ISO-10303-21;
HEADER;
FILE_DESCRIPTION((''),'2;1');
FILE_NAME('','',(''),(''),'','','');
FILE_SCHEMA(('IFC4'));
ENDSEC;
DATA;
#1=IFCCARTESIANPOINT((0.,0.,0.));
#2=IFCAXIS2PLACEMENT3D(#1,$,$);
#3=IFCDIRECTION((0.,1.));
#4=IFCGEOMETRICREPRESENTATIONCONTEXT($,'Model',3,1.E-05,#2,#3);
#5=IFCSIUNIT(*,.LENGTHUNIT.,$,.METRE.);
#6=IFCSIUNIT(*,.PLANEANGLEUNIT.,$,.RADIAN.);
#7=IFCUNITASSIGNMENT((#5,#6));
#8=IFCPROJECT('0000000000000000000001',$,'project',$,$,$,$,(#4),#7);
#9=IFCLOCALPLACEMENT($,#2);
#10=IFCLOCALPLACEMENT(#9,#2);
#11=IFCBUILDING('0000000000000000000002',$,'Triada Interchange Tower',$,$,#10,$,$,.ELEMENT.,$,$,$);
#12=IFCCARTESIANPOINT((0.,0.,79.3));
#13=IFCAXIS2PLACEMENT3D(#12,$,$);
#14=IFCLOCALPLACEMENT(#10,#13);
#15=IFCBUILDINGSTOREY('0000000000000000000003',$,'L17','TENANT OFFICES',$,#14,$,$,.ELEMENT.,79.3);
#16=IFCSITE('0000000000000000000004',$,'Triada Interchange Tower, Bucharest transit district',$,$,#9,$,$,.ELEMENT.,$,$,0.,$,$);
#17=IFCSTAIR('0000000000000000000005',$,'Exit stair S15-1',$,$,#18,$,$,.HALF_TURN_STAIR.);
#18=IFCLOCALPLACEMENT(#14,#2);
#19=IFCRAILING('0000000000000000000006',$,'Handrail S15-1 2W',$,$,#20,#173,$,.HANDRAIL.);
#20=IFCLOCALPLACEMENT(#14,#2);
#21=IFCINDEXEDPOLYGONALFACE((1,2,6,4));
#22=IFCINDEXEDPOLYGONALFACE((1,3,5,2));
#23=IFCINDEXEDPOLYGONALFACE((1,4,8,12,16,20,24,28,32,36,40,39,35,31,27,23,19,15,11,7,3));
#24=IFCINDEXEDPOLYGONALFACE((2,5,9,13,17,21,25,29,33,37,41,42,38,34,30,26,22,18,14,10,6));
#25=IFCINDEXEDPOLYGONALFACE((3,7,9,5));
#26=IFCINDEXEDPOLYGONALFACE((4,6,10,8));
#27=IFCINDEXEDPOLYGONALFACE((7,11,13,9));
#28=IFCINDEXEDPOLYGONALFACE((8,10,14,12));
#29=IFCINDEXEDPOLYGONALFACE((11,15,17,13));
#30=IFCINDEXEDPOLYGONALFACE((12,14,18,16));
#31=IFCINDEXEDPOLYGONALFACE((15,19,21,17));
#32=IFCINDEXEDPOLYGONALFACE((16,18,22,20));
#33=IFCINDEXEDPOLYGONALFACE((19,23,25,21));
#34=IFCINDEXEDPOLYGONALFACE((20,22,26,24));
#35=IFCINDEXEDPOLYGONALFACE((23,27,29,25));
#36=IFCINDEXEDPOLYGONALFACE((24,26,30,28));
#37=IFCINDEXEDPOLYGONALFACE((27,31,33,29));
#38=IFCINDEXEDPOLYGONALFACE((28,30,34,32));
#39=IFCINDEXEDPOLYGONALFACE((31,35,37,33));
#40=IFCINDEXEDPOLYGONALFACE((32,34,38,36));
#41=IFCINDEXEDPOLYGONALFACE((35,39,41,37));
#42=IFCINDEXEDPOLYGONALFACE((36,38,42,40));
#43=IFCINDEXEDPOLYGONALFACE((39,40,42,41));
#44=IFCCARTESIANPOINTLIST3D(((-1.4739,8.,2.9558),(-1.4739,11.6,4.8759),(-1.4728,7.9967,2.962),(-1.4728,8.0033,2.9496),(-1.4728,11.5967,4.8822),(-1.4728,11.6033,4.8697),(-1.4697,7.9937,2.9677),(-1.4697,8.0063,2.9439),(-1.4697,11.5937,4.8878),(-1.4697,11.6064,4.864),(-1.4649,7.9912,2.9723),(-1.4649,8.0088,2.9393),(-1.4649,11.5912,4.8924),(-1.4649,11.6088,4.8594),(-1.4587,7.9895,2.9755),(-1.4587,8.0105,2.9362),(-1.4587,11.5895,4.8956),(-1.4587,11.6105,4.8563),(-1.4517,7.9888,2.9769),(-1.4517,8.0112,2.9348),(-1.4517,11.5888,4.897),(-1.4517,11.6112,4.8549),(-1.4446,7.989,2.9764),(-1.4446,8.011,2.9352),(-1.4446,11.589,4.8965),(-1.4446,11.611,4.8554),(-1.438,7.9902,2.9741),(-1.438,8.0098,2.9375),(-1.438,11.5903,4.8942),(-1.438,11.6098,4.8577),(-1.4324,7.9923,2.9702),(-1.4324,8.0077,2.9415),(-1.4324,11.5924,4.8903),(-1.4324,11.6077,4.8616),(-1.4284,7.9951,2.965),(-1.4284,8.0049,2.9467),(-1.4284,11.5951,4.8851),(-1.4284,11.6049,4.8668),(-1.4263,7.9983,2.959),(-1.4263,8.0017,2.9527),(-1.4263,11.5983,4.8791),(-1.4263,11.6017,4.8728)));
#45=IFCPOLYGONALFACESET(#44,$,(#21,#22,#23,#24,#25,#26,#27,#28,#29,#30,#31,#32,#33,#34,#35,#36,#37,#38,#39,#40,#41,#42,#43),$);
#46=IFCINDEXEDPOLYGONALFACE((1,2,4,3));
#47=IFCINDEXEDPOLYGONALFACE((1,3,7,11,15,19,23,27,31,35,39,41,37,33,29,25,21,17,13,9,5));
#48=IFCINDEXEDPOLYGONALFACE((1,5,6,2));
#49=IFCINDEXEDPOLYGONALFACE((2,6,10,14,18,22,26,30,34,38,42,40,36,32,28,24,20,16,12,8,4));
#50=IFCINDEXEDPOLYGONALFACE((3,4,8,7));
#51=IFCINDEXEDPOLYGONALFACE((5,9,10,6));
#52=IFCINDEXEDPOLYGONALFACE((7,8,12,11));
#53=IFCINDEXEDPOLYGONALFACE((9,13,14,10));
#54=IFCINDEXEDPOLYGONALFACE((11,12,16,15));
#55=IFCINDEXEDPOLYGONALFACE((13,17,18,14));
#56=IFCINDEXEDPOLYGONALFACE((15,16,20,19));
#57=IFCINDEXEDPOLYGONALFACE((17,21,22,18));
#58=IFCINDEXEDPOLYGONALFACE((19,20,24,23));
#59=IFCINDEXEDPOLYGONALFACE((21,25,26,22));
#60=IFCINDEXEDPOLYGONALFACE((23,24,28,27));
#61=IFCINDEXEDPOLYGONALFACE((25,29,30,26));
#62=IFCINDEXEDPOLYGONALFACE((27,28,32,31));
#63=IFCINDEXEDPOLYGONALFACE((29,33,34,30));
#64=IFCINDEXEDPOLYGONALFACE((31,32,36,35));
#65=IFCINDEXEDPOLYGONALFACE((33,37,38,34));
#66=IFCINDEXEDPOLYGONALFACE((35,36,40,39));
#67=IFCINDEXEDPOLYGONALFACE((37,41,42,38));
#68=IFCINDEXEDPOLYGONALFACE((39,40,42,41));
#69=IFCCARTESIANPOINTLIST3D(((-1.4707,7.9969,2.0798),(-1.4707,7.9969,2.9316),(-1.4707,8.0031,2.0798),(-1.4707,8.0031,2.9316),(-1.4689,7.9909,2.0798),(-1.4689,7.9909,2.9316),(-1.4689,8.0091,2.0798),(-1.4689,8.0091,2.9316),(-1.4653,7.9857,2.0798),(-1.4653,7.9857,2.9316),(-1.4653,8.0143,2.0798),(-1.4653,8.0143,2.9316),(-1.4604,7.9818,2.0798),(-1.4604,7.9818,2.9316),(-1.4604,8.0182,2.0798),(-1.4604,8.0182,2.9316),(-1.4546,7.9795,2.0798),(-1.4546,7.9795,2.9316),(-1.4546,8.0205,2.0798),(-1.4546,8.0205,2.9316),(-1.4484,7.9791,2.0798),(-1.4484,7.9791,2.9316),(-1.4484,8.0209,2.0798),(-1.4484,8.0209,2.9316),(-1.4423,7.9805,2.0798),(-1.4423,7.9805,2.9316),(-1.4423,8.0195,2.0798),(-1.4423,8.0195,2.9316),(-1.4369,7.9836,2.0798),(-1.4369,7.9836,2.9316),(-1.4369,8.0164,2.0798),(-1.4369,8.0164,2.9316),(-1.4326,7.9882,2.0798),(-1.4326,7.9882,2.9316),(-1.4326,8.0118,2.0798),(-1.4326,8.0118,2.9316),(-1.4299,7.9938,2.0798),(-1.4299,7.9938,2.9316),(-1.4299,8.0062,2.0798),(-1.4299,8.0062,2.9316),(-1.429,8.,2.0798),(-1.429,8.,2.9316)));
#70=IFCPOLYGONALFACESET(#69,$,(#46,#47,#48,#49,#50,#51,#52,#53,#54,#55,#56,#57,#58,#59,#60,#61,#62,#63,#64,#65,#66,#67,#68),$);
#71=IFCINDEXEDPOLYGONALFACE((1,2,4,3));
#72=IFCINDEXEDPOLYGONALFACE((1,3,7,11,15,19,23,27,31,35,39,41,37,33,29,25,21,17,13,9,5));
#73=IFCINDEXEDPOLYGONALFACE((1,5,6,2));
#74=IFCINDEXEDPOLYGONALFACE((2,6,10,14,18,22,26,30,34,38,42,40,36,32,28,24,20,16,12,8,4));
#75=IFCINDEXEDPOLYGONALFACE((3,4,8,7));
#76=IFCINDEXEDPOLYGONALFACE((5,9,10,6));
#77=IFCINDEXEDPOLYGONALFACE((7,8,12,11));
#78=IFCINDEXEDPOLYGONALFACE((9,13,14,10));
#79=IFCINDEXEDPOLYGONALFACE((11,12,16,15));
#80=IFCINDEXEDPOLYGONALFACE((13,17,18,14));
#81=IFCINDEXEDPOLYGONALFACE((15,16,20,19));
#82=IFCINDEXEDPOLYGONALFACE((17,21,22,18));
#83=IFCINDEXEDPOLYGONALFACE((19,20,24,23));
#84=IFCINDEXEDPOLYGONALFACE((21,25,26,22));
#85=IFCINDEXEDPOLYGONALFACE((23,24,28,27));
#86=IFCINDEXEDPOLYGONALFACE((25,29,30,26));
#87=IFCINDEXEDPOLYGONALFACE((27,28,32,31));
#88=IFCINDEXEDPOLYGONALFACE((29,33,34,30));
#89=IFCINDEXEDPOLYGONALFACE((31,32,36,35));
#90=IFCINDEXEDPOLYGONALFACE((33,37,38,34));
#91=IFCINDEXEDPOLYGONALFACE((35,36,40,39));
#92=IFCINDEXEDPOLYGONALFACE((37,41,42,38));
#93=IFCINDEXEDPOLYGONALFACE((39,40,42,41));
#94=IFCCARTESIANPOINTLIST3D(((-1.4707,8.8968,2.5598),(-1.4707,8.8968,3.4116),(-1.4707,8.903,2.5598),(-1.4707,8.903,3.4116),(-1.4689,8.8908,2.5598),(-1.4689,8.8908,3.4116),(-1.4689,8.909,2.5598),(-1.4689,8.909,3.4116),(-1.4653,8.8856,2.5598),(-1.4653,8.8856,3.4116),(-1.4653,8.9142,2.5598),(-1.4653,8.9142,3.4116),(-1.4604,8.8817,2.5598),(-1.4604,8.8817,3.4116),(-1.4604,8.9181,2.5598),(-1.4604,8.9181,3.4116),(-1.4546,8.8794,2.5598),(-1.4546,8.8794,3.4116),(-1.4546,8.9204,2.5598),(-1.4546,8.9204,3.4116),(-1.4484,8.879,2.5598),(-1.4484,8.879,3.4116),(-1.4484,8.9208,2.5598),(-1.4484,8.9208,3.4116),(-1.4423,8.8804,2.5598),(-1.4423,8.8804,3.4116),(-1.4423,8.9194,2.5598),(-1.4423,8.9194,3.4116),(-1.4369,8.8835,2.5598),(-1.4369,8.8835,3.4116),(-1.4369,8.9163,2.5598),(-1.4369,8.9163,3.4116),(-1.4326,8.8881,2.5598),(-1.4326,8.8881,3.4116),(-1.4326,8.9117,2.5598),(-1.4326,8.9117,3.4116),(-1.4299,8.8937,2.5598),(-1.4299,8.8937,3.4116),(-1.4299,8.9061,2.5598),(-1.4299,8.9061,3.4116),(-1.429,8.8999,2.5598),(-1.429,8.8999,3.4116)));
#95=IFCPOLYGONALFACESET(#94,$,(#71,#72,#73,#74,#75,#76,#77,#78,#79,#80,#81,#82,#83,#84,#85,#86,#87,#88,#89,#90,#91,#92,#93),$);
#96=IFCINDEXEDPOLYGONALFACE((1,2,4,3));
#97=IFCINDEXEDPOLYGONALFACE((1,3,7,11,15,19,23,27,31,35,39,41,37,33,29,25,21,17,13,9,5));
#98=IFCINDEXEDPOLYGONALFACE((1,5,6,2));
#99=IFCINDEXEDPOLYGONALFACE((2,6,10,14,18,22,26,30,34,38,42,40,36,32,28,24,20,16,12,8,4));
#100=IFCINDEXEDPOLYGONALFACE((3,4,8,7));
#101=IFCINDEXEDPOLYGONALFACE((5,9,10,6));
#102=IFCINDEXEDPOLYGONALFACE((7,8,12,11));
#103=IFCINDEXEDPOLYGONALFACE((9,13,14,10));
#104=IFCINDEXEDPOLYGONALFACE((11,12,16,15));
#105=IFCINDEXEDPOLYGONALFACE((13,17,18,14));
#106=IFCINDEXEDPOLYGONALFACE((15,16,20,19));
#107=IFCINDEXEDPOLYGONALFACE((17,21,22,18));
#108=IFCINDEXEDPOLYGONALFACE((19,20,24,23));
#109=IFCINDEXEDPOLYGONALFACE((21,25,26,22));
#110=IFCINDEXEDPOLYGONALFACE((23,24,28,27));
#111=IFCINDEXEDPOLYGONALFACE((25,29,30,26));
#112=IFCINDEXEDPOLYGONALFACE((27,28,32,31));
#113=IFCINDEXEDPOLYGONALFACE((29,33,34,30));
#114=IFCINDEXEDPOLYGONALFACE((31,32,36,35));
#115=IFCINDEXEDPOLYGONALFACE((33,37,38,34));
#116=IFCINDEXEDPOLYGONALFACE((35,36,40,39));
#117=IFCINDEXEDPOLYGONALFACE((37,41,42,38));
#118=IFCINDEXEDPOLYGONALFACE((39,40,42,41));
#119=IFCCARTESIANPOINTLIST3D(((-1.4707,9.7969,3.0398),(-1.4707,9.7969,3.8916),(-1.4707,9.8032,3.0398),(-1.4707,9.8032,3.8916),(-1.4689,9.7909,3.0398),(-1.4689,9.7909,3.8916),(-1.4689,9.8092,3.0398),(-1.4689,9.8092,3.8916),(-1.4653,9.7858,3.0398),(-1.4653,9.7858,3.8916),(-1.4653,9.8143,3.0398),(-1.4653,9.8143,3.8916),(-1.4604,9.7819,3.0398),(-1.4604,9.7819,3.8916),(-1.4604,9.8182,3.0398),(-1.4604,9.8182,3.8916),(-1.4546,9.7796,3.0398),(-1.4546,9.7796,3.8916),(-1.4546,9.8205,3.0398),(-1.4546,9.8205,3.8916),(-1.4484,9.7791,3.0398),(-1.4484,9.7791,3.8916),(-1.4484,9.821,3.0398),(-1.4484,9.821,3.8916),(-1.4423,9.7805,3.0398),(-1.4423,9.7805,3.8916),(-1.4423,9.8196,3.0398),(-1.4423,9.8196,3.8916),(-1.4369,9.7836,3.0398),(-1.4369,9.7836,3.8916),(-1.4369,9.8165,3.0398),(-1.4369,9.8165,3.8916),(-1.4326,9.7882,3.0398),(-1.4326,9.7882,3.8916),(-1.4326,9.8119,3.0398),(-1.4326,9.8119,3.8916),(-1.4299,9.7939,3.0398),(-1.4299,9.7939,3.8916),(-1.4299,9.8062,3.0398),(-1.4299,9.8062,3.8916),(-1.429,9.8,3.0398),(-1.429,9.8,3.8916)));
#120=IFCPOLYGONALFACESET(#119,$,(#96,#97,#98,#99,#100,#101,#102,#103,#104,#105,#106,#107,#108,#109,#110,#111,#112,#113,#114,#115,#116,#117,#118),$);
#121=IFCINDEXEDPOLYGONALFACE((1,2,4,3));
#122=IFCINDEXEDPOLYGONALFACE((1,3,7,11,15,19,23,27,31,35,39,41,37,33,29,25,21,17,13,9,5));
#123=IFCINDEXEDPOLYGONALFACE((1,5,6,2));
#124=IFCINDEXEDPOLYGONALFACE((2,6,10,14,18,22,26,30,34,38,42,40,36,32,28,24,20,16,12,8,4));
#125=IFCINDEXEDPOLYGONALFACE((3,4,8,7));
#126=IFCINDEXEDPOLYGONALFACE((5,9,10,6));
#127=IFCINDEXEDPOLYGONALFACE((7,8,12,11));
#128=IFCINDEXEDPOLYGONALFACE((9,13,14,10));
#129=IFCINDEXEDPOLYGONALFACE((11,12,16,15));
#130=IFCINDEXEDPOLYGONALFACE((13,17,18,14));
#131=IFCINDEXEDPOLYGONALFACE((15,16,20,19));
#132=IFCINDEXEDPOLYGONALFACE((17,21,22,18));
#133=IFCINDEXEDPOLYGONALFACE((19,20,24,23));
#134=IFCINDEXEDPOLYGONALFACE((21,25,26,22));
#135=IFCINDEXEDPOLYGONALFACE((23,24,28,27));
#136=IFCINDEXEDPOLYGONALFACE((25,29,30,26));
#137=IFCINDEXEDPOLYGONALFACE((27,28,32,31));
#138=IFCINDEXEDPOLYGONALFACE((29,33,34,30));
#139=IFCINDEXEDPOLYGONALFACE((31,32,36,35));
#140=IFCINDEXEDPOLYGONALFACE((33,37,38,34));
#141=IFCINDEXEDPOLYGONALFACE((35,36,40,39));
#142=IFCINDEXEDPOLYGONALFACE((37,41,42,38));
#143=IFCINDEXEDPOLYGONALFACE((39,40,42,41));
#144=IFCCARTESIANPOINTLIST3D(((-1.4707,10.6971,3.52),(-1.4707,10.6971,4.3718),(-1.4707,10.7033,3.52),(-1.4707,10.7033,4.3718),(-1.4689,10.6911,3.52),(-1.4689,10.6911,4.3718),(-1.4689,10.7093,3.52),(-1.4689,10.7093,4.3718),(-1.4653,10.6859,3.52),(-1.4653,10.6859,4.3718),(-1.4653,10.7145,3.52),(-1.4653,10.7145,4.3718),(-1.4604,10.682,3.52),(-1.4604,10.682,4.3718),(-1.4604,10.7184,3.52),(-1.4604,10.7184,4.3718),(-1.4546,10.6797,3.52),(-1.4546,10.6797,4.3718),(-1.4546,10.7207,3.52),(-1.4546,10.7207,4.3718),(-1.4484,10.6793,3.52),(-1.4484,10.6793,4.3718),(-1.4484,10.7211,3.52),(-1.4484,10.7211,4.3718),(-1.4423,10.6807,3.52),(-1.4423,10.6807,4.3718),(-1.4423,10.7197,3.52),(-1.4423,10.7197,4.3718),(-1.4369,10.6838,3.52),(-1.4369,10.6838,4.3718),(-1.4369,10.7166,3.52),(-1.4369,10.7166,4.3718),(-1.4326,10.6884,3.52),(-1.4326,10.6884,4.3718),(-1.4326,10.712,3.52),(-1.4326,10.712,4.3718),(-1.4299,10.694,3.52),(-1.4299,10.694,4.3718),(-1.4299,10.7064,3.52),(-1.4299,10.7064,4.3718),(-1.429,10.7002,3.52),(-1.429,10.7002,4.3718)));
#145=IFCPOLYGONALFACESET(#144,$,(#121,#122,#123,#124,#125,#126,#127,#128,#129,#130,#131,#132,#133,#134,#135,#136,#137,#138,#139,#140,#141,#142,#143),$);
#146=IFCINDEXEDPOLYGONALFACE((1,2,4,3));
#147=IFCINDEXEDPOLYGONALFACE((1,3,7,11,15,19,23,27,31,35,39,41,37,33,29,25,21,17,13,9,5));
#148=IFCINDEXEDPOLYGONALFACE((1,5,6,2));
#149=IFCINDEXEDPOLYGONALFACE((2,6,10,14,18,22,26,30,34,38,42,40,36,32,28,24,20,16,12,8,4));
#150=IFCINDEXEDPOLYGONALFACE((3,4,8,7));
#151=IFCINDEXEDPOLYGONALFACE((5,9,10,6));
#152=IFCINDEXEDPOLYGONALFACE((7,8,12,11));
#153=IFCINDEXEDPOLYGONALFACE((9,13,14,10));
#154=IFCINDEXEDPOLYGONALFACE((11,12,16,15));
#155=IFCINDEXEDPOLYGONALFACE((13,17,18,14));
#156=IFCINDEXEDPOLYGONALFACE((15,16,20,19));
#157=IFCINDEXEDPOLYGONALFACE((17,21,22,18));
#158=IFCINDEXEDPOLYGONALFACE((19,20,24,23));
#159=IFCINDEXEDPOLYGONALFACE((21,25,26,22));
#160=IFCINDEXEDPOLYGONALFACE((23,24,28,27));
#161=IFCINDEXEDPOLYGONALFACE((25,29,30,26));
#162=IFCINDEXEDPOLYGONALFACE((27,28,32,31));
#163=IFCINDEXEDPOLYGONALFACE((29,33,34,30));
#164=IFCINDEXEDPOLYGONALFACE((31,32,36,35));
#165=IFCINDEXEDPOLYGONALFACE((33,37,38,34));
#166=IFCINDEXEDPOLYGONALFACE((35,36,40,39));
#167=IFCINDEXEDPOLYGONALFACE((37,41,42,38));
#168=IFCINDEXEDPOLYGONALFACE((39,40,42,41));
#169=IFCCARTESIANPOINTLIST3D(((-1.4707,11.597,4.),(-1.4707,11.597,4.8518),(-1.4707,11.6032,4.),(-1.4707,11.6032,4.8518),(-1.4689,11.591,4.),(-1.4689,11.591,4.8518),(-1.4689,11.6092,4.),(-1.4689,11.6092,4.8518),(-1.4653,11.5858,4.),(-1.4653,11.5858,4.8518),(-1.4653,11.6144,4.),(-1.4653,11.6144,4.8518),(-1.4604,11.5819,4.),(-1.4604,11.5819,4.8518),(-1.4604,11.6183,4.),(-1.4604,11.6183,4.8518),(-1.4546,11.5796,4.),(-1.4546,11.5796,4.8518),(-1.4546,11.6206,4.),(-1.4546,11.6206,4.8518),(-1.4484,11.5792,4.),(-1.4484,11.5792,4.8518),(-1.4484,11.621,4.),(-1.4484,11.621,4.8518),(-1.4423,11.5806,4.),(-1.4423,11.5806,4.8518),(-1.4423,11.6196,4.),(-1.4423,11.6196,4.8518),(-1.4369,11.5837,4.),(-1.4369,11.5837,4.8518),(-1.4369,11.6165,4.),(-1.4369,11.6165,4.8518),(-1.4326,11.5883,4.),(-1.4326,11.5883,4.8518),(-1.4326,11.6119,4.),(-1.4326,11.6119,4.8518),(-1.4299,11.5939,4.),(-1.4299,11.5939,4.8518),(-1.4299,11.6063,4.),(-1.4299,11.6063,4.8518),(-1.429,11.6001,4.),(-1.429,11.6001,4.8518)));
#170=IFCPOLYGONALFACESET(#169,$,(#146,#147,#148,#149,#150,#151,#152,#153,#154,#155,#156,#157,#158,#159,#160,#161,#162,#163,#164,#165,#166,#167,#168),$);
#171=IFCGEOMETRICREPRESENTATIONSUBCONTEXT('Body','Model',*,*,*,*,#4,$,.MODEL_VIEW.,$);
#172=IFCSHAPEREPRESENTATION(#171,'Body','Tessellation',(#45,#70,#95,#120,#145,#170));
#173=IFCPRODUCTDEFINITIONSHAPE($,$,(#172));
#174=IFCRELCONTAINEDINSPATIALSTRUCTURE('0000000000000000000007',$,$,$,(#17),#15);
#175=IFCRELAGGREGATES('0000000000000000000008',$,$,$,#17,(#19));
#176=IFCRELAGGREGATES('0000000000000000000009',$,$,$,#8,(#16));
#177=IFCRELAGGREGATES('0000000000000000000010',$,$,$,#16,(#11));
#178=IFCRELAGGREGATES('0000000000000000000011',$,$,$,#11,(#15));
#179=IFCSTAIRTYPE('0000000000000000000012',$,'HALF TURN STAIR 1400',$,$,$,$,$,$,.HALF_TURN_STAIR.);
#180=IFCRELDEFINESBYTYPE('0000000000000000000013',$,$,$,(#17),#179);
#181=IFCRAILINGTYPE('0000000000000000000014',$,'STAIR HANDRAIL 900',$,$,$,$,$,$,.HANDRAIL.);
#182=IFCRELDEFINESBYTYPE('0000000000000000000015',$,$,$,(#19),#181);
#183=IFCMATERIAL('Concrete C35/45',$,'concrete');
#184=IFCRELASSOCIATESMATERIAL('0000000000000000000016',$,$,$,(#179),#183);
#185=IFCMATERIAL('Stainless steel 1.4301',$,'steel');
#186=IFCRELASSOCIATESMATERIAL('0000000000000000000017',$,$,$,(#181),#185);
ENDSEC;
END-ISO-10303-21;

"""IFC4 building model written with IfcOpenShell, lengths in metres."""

from ifc_helpers import new_model, si_unit, direction, frame, origin, origin_2d, place, context, subcontext, project, spatial, circle, extrude, material, type_object, element, aggregate, save


model = new_model("IFC4")

# Units and contexts
model_context = context("Model", 3, precision=1e-05, world=origin(), true_north=direction((0.0, 1.0)))
body_context = subcontext(model_context, "Body", "Model", "MODEL_VIEW")
ifc_project = project(units=[si_unit("LENGTHUNIT", "METRE"), si_unit("PLANEANGLEUNIT", "RADIAN")], contexts=[model_context])

# Site, building, storey
site_placement = place(None, origin())
site = spatial("IfcSite", under=ifc_project, at=site_placement, Name="Triada Interchange Tower, Bucharest transit district", CompositionType="ELEMENT", RefElevation=0.0)
building_placement = place(site_placement, origin())
building = spatial("IfcBuilding", under=site, at=building_placement, Name="Triada Interchange Tower", CompositionType="ELEMENT")
storey_placement = place(building_placement, frame((0.0, 0.0, 79.3)))
storey = spatial("IfcBuildingStorey", under=building, at=storey_placement, Name="L17", Description="TENANT OFFICES", CompositionType="ELEMENT", Elevation=79.3)

# Stair, railing
ifc_material_1 = material(Name="Concrete C35/45", Category="concrete")
stair_type = type_object("IfcStairType", Name="HALF TURN STAIR 1400", PredefinedType="HALF_TURN_STAIR", material=ifc_material_1)
stair_placement = place(storey_placement, origin())
stair = element("IfcStair", 1, at=stair_placement, inside=storey, type_object=stair_type, Name="Exit stair S15-1", PredefinedType="HALF_TURN_STAIR")
ifc_material_2 = material(Name="Stainless steel 1.4301", Category="steel")
railing_type = type_object("IfcRailingType", Name="STAIR HANDRAIL 900", PredefinedType="HANDRAIL", material=ifc_material_2)
railing_placement = place(storey_placement, frame((-1.45, 8.0, 2.0798)))
railing = element("IfcRailing", 2, at=railing_placement, type_object=railing_type, Name="Handrail S15-1 2W", PredefinedType="HANDRAIL", context=body_context, shape_type="SweptSolid", body=[
    extrude(circle(Radius=0.0239, at=origin_2d()), frame((0.0, 0.0, 0.876), z_axis=(0.0, 0.882341, 0.47061), x_axis=(-1.0, 0.0, 0.0)), (0.0, 0.0, 1.0), 4.0801),
    extrude(circle(Radius=0.021, at=origin_2d()), origin(), (0.0, 0.0, 1.0), 0.8518),
    extrude(circle(Radius=0.021, at=origin_2d()), frame((0.0, 0.8999, 0.48)), (0.0, 0.0, 1.0), 0.8518),
    extrude(circle(Radius=0.021, at=origin_2d()), frame((0.0, 1.8, 0.96)), (0.0, 0.0, 1.0), 0.8518),
    extrude(circle(Radius=0.021, at=origin_2d()), frame((0.0, 2.7002, 1.4402)), (0.0, 0.0, 1.0), 0.8518),
    extrude(circle(Radius=0.021, at=origin_2d()), frame((0.0, 3.6001, 1.9202)), (0.0, 0.0, 1.0), 0.8518),
])
aggregate(stair, [railing])

save(model, "model.ifc")
